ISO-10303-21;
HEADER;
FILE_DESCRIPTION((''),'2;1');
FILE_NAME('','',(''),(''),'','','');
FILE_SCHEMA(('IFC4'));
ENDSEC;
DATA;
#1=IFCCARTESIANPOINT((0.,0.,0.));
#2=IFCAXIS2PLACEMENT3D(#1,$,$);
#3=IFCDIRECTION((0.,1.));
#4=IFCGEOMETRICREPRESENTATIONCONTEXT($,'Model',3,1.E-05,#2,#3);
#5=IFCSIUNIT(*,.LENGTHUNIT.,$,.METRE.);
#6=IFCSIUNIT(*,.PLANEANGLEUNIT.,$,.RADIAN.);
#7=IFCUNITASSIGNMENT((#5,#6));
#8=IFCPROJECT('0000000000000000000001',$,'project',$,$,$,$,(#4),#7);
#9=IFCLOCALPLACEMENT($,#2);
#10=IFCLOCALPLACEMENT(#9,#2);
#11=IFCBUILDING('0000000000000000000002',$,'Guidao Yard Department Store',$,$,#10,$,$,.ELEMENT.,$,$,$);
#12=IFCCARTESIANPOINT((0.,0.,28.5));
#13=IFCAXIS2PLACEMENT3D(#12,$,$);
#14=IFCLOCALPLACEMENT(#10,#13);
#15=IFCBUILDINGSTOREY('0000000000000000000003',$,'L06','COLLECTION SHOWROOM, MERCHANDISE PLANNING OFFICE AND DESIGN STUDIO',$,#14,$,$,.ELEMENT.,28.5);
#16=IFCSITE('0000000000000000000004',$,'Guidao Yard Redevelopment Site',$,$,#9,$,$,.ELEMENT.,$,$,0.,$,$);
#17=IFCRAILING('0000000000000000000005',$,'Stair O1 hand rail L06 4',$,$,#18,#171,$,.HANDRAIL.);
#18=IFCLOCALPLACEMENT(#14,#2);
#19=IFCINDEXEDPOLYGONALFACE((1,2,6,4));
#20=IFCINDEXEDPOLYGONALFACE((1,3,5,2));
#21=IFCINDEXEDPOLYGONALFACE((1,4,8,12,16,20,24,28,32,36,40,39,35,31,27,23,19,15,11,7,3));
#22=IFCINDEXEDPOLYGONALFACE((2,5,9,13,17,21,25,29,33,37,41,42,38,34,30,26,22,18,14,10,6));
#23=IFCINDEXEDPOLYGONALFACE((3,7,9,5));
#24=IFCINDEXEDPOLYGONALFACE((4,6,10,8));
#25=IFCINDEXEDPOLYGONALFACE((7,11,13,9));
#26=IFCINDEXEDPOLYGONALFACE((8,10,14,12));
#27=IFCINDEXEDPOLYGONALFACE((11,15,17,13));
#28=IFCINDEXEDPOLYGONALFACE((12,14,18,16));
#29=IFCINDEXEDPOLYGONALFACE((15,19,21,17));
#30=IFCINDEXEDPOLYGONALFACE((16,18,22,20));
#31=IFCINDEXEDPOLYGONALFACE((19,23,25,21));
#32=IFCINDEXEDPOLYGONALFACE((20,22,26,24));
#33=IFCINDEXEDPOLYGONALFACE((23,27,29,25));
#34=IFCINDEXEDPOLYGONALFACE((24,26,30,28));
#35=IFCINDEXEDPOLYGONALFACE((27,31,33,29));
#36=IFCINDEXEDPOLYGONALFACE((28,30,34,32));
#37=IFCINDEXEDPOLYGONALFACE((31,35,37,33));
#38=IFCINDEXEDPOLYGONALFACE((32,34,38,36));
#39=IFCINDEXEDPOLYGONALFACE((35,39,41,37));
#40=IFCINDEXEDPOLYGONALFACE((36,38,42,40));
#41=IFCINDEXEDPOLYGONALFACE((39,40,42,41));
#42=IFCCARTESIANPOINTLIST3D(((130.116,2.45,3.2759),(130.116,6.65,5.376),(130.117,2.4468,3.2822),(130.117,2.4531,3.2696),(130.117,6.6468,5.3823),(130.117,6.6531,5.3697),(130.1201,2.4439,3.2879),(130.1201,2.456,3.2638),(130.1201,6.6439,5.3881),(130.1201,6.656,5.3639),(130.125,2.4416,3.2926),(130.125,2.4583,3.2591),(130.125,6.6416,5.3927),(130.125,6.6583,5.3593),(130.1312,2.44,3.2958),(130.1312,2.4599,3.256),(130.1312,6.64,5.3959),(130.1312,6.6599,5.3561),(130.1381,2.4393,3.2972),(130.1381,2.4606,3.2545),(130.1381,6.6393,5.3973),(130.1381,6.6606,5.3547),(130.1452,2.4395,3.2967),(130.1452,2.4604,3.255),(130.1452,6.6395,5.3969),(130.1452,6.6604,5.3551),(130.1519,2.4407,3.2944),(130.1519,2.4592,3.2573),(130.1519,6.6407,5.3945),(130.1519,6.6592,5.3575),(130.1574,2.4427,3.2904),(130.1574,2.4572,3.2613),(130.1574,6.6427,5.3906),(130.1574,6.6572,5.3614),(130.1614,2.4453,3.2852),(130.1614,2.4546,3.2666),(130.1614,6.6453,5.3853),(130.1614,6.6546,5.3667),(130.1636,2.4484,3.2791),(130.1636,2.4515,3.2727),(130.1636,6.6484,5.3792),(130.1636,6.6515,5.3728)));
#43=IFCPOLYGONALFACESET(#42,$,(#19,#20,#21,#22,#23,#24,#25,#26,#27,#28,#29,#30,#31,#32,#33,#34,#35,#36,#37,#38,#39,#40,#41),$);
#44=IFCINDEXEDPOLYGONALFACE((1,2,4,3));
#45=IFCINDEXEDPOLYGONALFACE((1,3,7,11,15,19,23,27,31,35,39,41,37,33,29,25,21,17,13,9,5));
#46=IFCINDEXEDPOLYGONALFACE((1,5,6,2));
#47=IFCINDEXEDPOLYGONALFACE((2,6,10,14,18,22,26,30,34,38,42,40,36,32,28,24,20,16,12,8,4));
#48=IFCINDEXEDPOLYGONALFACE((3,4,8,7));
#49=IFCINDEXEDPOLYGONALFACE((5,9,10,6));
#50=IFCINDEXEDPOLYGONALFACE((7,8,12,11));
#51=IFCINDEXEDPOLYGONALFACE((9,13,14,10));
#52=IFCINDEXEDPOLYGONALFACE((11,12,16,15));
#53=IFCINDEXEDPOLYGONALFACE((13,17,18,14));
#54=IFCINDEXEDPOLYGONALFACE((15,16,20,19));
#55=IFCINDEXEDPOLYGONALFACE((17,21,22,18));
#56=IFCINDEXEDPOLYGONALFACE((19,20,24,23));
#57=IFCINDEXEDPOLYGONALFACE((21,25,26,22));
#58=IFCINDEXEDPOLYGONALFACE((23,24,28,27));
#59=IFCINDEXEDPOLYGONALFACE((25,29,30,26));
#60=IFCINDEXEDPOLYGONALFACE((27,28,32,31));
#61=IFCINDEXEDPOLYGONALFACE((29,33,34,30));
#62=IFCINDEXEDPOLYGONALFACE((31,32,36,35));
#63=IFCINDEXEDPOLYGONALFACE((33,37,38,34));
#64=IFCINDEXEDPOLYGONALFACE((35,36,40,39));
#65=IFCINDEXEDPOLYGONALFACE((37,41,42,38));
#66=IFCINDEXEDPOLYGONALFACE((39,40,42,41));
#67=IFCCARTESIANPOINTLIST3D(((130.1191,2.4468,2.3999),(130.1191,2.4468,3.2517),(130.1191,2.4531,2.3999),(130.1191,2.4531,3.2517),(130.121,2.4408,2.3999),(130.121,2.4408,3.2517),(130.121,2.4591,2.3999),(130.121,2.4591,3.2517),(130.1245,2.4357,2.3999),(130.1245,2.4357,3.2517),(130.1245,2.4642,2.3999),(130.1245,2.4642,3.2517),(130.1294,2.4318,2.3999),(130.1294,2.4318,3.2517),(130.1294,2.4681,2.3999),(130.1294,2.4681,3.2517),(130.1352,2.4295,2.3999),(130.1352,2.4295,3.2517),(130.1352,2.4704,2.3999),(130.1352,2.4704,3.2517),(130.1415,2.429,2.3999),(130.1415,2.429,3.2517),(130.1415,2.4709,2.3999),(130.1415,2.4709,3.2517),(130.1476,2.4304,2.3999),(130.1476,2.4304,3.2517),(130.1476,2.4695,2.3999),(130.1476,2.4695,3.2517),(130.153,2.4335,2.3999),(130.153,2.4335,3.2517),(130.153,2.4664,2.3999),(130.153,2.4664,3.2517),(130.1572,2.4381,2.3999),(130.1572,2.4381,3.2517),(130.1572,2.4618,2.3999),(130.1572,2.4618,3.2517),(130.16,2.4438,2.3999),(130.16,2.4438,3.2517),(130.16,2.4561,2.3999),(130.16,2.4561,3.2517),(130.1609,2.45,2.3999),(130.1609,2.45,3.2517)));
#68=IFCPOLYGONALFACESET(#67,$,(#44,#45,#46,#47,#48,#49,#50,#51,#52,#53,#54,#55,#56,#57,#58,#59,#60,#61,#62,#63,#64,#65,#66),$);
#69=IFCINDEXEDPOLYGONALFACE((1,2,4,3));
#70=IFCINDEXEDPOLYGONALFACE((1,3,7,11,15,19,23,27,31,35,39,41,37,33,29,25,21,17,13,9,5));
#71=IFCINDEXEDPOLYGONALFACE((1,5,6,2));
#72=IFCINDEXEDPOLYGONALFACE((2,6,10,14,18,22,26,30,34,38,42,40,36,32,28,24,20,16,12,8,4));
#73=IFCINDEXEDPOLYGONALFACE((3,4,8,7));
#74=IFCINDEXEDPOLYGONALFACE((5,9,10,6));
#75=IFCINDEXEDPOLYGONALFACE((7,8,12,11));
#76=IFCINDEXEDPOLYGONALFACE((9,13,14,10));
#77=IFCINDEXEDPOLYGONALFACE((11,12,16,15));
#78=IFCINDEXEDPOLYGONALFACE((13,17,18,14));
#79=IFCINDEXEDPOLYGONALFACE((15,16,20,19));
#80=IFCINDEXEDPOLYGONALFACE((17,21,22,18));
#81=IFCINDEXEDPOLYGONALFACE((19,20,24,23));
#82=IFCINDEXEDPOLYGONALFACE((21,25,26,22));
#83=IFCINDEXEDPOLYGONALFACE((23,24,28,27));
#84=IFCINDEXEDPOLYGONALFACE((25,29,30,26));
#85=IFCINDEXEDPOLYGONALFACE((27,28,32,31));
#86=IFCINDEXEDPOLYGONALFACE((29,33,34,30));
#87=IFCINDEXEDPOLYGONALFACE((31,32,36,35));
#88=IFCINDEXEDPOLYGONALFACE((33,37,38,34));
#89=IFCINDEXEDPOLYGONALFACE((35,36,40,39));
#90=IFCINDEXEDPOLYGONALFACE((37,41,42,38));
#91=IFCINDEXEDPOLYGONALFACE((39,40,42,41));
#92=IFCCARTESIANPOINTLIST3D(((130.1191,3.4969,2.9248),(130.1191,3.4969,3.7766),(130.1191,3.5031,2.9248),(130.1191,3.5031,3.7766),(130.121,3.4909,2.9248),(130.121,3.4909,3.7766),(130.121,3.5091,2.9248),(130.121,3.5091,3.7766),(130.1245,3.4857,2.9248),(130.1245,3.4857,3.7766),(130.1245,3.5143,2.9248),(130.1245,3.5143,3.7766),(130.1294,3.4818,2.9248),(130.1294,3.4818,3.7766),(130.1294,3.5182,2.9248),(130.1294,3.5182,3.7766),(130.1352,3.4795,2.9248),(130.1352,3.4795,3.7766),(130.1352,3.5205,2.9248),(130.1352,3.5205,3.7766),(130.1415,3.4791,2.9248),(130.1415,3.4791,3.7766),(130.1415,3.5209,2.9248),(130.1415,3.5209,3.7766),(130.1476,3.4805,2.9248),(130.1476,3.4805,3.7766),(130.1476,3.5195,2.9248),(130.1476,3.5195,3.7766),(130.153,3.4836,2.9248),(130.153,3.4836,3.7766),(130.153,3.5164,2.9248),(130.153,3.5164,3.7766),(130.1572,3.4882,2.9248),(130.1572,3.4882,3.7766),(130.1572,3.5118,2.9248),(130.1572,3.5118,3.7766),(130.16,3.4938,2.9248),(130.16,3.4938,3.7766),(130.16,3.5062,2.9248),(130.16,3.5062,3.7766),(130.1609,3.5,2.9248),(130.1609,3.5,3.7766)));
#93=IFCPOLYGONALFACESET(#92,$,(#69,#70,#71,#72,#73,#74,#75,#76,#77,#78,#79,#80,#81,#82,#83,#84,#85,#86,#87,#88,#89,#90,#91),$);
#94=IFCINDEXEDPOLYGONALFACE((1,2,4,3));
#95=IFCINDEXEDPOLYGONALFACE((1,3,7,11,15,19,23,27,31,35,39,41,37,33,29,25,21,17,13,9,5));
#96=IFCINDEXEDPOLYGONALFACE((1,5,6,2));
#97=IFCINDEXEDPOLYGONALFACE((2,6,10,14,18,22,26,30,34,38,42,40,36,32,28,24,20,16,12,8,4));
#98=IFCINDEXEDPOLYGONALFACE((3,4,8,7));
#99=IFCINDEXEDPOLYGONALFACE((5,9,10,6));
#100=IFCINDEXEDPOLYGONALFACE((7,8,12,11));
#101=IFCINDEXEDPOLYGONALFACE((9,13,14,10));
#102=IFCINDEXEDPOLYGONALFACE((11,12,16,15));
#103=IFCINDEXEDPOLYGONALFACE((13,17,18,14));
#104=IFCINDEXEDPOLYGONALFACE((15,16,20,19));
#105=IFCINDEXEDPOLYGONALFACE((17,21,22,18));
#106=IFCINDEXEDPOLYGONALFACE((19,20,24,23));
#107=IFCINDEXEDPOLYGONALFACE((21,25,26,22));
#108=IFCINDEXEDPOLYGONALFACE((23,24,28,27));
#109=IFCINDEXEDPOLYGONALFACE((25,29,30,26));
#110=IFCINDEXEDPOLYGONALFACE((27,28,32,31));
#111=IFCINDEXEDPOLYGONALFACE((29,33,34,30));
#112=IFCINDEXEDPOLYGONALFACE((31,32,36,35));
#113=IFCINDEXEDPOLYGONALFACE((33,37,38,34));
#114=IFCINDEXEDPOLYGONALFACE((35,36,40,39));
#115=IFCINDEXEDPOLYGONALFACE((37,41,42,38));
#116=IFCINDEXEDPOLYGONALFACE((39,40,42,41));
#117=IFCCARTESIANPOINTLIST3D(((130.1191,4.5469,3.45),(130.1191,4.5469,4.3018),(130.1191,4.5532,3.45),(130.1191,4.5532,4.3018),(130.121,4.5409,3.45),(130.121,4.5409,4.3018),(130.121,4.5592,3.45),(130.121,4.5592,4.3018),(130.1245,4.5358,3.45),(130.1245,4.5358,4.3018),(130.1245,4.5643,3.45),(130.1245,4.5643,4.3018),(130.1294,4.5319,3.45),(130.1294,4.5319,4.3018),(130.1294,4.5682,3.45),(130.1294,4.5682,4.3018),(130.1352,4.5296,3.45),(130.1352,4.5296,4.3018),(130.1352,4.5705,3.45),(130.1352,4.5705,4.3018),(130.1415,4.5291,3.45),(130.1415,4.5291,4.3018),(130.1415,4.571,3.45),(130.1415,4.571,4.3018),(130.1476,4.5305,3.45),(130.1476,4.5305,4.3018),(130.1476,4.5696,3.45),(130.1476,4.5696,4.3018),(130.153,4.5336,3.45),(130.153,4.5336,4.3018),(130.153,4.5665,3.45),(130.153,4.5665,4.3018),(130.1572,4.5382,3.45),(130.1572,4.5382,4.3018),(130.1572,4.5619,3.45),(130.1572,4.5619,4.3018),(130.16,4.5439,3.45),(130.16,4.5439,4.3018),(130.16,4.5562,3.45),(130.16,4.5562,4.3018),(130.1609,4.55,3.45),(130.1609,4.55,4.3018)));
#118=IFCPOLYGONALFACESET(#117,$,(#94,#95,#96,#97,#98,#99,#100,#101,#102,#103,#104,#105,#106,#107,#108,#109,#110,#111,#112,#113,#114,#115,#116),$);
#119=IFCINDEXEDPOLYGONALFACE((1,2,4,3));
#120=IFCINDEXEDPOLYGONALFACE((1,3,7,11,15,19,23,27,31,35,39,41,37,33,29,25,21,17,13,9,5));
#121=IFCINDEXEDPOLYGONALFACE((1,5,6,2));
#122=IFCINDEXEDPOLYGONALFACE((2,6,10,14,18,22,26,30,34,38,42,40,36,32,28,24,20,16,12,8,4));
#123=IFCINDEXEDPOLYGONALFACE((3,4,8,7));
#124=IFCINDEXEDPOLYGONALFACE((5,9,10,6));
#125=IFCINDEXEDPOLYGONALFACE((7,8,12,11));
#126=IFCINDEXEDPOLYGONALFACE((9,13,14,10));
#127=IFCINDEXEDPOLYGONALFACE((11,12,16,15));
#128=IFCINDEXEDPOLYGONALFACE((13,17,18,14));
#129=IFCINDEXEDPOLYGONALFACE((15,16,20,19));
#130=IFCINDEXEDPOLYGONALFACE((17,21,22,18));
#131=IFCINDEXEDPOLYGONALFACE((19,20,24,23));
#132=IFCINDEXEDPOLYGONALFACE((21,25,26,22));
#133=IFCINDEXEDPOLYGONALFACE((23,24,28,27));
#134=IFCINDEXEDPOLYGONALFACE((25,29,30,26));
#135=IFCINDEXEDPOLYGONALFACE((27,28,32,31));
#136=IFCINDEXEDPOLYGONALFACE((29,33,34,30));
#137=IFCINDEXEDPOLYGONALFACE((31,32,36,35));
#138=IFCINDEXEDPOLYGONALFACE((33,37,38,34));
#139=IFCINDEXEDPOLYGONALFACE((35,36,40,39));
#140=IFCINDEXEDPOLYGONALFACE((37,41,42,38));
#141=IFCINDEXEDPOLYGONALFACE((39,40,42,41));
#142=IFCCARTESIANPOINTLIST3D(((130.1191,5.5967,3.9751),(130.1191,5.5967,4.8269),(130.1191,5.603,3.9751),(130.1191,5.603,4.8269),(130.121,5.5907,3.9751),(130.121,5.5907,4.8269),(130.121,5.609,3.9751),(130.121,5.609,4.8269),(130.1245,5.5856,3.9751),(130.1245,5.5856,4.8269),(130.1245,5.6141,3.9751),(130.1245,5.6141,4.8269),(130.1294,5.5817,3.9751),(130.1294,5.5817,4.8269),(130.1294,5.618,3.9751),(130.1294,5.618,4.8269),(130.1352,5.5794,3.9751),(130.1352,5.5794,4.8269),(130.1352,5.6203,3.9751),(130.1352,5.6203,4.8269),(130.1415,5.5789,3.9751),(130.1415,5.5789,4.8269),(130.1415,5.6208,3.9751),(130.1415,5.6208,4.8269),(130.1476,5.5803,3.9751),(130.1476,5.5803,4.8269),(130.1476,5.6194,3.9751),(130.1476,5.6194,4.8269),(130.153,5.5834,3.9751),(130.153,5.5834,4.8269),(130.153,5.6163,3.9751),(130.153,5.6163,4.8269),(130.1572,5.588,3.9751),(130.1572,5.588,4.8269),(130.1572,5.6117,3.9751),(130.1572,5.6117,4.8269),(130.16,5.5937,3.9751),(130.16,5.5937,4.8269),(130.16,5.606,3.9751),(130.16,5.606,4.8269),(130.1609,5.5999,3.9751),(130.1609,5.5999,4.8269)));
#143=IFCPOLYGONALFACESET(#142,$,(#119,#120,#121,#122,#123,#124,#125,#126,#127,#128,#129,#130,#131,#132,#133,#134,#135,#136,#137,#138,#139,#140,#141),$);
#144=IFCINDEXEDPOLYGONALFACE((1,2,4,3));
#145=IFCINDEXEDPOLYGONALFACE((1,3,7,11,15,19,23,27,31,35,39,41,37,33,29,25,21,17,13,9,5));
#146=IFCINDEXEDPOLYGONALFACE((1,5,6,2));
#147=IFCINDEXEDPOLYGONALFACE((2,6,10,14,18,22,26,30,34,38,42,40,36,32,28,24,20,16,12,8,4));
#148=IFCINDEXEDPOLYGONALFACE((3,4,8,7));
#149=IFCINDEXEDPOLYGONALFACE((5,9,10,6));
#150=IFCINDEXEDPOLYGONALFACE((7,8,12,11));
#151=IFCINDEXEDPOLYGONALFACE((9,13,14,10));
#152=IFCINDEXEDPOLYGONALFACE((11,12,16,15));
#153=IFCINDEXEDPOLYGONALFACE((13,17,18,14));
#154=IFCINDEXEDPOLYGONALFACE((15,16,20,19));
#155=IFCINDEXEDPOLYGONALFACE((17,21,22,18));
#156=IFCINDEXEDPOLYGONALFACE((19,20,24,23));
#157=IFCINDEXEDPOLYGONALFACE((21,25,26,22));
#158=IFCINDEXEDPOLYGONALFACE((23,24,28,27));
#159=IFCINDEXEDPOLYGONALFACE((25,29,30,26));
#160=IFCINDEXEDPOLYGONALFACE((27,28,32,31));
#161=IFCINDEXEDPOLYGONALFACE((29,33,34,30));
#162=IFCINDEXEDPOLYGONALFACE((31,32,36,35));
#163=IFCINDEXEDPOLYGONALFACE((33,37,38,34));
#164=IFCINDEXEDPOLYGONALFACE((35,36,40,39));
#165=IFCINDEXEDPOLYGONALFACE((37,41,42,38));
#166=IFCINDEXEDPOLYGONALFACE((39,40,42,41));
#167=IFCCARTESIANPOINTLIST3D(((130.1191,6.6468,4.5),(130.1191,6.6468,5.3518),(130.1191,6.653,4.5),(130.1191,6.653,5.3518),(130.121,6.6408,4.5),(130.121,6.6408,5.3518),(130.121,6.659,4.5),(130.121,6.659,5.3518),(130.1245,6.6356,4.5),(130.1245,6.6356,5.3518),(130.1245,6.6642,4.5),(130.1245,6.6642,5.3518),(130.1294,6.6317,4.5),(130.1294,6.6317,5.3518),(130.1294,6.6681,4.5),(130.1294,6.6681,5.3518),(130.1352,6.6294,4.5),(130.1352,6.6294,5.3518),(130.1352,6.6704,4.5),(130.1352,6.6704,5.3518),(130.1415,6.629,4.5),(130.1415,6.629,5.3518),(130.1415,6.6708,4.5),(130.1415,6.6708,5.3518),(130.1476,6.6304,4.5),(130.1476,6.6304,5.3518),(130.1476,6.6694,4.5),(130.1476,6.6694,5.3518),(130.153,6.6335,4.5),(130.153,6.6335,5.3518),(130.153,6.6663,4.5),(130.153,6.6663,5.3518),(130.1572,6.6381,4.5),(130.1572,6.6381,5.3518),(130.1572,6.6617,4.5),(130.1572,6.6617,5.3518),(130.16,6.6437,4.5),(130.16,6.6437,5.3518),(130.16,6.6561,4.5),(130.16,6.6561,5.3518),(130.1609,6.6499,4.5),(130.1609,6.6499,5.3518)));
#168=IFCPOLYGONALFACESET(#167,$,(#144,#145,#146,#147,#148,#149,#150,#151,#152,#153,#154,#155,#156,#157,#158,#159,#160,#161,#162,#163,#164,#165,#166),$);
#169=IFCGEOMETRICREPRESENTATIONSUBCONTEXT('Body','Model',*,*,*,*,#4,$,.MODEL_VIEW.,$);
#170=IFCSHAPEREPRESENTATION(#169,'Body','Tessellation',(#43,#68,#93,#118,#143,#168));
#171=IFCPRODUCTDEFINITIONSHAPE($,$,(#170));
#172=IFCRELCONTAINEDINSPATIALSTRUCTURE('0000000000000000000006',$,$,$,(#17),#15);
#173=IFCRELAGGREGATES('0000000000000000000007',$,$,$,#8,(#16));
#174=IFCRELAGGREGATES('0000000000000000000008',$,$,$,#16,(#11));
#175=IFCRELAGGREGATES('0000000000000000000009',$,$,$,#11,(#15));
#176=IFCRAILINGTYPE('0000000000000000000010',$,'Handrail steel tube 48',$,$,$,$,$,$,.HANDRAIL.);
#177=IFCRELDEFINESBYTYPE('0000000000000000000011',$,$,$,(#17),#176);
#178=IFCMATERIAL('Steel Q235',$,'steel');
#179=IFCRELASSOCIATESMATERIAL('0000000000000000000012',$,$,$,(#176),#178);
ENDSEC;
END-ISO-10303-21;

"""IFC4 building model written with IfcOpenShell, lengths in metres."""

from ifc_helpers import new_model, si_unit, direction, frame, origin, origin_2d, place, context, subcontext, project, spatial, circle, extrude, material, type_object, element, save


model = new_model("IFC4")

# Units and contexts
model_context = context("Model", 3, precision=1e-05, world=origin(), true_north=direction((0.0, 1.0)))
body_context = subcontext(model_context, "Body", "Model", "MODEL_VIEW")
ifc_project = project(units=[si_unit("LENGTHUNIT", "METRE"), si_unit("PLANEANGLEUNIT", "RADIAN")], contexts=[model_context])

# Site, building, storey
site_placement = place(None, origin())
site = spatial("IfcSite", under=ifc_project, at=site_placement, Name="Guidao Yard Redevelopment Site", CompositionType="ELEMENT", RefElevation=0.0)
building_placement = place(site_placement, origin())
building = spatial("IfcBuilding", under=site, at=building_placement, Name="Guidao Yard Department Store", CompositionType="ELEMENT")
storey_placement = place(building_placement, frame((0.0, 0.0, 28.5)))
storey = spatial("IfcBuildingStorey", under=building, at=storey_placement, Name="L06", Description="COLLECTION SHOWROOM, MERCHANDISE PLANNING OFFICE AND DESIGN STUDIO", CompositionType="ELEMENT", Elevation=28.5)

# Railing
ifc_material_1 = material(Name="Steel Q235", Category="steel")
railing_type_1 = type_object("IfcRailingType", Name="Handrail steel tube 48", PredefinedType="HANDRAIL", material=ifc_material_1)
railing_1_placement = place(storey_placement, frame((130.1399, 2.45, 2.3999)))
element("IfcRailing", 1, at=railing_1_placement, inside=storey, type_object=railing_type_1, Name="Stair O1 hand rail L06 4", PredefinedType="HANDRAIL", context=body_context, shape_type="SweptSolid", body=[
    extrude(circle(Radius=0.0239, at=origin_2d()), frame((0.0, 0.0, 0.876), z_axis=(0.0, 0.894417, 0.447234), x_axis=(-1.0, 0.0, 0.0)), (0.0, 0.0, 1.0), 4.6958),
    extrude(circle(Radius=0.021, at=origin_2d()), origin(), (0.0, 0.0, 1.0), 0.8518),
    extrude(circle(Radius=0.021, at=origin_2d()), frame((0.0, 1.05, 0.5249)), (0.0, 0.0, 1.0), 0.8518),
    extrude(circle(Radius=0.021, at=origin_2d()), frame((0.0, 2.1001, 1.05)), (0.0, 0.0, 1.0), 0.8518),
    extrude(circle(Radius=0.021, at=origin_2d()), frame((0.0, 3.1499, 1.5752)), (0.0, 0.0, 1.0), 0.8518),
    extrude(circle(Radius=0.021, at=origin_2d()), frame((0.0, 4.2, 2.1001)), (0.0, 0.0, 1.0), 0.8518),
])

save(model, "model.ifc")
